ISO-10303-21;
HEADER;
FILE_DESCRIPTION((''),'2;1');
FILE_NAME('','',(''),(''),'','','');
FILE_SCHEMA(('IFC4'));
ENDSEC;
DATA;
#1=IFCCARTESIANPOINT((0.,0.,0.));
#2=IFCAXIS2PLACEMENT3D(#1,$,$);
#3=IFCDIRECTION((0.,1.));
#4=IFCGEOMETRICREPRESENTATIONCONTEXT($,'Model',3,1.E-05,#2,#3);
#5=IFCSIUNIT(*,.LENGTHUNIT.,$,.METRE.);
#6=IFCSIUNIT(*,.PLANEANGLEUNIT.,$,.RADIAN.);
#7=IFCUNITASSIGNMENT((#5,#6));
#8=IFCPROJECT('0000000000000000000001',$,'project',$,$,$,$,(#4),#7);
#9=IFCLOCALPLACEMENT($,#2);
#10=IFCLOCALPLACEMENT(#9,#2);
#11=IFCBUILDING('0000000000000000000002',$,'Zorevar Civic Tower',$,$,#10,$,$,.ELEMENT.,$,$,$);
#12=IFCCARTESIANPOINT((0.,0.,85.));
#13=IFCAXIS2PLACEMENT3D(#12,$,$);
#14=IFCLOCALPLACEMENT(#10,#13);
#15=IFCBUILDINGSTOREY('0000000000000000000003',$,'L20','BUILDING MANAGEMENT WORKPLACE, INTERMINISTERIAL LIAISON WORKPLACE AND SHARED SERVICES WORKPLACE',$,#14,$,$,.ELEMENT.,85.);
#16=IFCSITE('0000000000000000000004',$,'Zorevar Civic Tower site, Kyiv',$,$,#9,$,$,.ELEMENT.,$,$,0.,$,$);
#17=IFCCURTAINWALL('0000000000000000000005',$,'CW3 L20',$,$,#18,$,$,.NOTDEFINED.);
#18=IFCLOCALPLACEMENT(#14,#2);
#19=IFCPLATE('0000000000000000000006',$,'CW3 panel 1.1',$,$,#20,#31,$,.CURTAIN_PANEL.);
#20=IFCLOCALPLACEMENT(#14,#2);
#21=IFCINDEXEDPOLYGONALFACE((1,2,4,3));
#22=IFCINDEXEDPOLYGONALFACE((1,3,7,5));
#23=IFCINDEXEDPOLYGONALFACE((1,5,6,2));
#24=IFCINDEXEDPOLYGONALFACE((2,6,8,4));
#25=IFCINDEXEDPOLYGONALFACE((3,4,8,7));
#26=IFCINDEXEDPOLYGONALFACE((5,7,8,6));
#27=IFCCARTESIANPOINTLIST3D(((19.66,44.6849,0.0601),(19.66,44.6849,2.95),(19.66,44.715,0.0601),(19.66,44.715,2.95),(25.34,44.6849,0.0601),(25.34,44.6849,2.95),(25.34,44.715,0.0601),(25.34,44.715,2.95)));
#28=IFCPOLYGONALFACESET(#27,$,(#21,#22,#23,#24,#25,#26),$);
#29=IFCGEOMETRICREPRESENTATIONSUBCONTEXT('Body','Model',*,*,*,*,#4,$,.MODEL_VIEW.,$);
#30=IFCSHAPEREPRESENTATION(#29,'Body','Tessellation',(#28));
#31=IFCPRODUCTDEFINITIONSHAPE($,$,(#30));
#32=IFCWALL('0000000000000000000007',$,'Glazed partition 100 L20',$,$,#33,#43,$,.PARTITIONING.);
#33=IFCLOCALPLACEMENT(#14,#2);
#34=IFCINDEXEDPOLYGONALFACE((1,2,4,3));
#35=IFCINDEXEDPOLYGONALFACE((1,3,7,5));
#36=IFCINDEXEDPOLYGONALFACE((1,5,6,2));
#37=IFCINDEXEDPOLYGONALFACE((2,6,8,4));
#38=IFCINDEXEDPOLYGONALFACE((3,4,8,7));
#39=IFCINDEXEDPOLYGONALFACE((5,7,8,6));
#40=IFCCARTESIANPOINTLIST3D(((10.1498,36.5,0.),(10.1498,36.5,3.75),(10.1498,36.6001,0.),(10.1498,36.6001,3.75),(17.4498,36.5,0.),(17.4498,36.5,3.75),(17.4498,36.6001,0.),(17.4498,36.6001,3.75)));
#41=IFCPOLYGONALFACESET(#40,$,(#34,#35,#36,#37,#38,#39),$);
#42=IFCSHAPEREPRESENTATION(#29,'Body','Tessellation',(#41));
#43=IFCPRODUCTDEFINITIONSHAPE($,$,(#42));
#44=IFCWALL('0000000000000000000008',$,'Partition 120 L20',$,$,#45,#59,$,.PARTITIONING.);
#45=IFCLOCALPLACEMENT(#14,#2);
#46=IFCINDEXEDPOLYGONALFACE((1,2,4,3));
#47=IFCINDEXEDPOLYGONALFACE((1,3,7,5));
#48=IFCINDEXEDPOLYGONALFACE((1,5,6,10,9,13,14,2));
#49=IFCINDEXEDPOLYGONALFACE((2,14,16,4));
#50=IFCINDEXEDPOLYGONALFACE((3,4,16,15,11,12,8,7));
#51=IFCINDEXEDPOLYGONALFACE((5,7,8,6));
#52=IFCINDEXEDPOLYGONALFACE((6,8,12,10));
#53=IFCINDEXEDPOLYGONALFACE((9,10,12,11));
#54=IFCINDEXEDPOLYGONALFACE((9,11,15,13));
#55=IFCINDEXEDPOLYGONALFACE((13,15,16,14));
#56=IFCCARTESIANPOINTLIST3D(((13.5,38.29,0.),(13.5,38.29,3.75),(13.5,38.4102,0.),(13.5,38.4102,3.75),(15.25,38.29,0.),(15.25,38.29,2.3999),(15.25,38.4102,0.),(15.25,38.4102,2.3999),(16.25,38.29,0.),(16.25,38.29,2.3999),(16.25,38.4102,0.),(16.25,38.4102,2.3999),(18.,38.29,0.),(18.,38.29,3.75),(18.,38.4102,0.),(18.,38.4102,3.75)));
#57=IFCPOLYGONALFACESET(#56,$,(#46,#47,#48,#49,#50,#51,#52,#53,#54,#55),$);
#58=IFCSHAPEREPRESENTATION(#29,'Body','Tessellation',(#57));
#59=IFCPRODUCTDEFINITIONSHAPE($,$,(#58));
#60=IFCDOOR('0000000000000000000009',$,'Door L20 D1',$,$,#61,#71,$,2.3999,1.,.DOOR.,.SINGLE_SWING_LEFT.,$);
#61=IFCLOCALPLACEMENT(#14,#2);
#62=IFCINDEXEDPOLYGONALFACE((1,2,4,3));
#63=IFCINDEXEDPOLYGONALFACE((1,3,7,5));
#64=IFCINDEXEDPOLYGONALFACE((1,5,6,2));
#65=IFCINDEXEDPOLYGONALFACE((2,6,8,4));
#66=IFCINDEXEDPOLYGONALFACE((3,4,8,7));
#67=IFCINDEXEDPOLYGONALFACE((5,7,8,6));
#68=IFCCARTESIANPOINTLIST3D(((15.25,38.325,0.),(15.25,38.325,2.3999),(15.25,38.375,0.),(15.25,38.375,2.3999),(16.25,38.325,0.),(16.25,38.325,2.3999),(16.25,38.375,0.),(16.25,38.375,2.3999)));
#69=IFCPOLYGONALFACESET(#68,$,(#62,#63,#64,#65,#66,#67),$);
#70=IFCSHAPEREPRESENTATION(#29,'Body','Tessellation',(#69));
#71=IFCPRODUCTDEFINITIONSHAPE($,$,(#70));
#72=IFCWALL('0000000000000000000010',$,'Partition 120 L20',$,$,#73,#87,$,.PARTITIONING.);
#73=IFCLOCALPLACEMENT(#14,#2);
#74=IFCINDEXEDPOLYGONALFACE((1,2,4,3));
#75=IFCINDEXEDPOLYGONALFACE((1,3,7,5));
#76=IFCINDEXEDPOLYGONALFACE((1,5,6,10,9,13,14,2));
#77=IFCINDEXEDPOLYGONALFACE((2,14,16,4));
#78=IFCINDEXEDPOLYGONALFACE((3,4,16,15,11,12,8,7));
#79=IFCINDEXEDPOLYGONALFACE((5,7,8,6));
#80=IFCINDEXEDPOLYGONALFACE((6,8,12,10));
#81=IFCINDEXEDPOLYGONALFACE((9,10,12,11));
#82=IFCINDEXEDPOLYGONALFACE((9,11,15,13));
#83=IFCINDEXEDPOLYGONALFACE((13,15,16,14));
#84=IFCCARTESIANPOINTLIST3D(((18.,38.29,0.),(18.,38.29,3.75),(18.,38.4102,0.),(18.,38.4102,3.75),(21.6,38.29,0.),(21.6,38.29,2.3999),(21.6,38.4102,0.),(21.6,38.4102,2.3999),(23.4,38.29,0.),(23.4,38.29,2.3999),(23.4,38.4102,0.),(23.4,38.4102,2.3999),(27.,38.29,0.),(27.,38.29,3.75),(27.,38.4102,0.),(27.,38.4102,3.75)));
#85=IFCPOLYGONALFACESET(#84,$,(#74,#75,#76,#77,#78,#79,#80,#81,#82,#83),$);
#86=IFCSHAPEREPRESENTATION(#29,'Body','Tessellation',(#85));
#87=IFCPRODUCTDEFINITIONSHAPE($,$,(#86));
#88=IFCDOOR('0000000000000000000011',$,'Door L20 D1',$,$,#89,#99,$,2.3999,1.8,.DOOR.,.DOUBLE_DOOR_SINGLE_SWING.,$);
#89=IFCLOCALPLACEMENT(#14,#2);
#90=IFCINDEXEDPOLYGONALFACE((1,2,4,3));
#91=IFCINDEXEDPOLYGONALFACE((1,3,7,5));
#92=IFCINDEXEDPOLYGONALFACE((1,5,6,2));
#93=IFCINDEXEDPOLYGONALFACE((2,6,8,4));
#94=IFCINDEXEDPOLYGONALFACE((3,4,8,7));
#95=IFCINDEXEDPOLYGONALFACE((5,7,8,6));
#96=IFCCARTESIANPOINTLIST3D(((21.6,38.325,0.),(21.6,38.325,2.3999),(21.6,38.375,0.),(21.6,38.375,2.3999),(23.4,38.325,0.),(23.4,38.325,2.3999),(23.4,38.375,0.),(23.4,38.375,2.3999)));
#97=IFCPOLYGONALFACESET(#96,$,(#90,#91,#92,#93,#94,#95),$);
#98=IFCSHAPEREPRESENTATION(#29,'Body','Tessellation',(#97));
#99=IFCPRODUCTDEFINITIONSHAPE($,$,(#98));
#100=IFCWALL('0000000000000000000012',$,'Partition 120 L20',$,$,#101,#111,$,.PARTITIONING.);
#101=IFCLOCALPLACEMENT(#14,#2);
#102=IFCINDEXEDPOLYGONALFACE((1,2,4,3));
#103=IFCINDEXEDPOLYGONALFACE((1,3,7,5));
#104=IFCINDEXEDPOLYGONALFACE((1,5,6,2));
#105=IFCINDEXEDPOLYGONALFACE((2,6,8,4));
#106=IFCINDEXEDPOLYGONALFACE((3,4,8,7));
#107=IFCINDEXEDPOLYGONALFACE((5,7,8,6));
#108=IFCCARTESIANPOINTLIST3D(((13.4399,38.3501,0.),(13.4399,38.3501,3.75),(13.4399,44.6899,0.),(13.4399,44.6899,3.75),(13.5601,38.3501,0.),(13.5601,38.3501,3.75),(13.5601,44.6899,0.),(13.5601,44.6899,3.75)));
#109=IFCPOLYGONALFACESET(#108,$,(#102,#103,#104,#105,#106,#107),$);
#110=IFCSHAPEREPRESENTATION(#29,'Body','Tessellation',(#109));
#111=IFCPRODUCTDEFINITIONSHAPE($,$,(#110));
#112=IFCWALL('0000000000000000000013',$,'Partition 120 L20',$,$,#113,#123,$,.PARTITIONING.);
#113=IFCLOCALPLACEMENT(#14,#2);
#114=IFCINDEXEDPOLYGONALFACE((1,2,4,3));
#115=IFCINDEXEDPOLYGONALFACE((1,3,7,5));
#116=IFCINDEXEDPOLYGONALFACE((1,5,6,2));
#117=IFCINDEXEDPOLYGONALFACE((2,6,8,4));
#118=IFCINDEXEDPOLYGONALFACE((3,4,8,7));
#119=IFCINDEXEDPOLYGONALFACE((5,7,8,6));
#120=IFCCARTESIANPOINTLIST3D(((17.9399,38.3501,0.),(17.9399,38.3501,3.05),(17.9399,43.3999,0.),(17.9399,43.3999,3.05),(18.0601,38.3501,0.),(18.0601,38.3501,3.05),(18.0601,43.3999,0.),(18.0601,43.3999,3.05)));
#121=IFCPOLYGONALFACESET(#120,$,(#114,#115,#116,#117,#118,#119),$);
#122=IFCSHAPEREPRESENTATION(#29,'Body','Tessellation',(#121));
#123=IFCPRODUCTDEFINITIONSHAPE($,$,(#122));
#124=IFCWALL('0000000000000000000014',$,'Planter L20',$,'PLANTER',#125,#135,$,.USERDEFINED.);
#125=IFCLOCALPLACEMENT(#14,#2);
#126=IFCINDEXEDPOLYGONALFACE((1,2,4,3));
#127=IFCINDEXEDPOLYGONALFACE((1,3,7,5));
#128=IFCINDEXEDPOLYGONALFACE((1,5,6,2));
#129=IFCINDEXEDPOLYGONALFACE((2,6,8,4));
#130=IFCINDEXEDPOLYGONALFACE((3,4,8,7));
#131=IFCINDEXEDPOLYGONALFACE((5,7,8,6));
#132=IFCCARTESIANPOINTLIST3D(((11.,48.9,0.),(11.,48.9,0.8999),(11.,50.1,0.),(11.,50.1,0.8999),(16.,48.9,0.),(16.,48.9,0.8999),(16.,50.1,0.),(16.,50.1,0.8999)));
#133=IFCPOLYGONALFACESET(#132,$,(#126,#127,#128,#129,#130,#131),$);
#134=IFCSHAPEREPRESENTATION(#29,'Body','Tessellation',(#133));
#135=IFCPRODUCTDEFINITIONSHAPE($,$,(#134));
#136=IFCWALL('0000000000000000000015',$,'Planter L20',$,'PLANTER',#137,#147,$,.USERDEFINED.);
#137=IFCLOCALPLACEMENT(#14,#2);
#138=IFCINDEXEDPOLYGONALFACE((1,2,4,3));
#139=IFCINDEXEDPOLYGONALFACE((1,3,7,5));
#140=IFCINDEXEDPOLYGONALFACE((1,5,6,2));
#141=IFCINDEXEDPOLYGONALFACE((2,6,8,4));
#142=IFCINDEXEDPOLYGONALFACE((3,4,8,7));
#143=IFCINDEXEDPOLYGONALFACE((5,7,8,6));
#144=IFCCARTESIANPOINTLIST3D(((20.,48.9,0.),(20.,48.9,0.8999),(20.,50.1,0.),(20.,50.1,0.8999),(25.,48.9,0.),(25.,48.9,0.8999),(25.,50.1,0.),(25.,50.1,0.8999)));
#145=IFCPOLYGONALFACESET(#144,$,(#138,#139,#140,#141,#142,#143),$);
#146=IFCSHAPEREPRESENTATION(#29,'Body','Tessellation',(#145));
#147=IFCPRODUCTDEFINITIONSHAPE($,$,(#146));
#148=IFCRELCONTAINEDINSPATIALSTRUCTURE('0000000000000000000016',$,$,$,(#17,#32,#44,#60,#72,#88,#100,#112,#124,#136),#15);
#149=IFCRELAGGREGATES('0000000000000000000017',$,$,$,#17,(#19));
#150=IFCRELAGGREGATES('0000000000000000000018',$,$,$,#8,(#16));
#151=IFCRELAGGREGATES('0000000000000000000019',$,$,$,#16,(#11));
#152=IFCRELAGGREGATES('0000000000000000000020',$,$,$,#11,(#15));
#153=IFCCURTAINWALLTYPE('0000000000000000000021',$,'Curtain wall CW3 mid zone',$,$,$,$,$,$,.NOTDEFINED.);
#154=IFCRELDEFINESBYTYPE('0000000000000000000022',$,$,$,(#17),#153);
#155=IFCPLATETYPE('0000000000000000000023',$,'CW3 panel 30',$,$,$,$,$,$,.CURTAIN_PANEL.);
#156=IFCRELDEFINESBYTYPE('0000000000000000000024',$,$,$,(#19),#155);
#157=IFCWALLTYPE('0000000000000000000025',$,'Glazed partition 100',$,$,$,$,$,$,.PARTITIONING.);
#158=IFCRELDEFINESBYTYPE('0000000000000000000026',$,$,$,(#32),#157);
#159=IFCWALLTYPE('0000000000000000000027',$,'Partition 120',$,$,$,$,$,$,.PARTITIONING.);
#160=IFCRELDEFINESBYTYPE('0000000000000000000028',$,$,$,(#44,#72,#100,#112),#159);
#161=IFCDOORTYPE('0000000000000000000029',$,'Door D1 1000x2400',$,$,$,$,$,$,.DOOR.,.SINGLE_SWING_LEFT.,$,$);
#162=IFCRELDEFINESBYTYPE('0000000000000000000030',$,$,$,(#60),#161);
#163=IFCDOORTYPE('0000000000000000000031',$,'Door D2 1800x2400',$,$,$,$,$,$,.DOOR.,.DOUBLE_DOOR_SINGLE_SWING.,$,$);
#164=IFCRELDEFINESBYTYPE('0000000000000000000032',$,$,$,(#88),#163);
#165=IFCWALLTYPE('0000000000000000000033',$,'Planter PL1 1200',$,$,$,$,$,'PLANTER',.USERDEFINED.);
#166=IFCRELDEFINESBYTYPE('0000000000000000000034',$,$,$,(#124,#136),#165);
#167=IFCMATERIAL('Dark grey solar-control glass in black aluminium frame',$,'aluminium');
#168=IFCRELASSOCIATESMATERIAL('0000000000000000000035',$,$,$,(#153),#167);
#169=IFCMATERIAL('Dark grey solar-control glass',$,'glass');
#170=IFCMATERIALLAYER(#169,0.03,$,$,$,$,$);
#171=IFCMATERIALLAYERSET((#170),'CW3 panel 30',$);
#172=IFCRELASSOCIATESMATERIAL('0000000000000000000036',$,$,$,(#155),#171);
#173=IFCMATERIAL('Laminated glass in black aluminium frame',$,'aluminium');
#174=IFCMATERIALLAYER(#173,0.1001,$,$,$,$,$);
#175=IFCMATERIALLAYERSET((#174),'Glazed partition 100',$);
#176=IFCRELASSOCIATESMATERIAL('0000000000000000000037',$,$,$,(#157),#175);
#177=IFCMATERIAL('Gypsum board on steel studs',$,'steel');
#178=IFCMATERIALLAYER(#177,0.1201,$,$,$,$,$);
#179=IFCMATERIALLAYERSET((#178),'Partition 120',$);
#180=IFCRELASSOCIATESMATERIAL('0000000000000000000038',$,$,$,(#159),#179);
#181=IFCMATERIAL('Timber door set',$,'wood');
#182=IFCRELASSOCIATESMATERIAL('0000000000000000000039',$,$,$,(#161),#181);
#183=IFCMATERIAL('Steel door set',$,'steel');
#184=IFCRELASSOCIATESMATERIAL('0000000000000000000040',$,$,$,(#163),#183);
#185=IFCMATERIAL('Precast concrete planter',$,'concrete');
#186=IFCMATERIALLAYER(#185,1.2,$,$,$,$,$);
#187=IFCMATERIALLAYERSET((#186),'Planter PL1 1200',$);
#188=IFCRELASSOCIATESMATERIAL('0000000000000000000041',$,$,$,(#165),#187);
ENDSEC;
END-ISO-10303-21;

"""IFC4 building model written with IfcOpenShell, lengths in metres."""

from ifc_helpers import new_model, si_unit, direction, frame, frame_2d, origin, origin_2d, place, context, subcontext, project, spatial, rectangle, extrude, material, layer, layer_set, type_object, element, fill, aggregate, save


model = new_model("IFC4")

# Units and contexts
model_context = context("Model", 3, precision=1e-05, world=origin(), true_north=direction((0.0, 1.0)))
body_context = subcontext(model_context, "Body", "Model", "MODEL_VIEW")
ifc_project = project(units=[si_unit("LENGTHUNIT", "METRE"), si_unit("PLANEANGLEUNIT", "RADIAN")], contexts=[model_context])

# Site, building, storey
site_placement = place(None, origin())
site = spatial("IfcSite", under=ifc_project, at=site_placement, Name="Zorevar Civic Tower site, Kyiv", CompositionType="ELEMENT", RefElevation=0.0)
building_placement = place(site_placement, origin())
building = spatial("IfcBuilding", under=site, at=building_placement, Name="Zorevar Civic Tower", CompositionType="ELEMENT")
storey_placement = place(building_placement, frame((0.0, 0.0, 85.0)))
storey = spatial("IfcBuildingStorey", under=building, at=storey_placement, Name="L20", Description="BUILDING MANAGEMENT WORKPLACE, INTERMINISTERIAL LIAISON WORKPLACE AND SHARED SERVICES WORKPLACE", CompositionType="ELEMENT", Elevation=85.0)

# Curtain wall
ifc_material_1 = material(Name="Dark grey solar-control glass in black aluminium frame", Category="aluminium")
curtain_wall_type = type_object("IfcCurtainWallType", Name="Curtain wall CW3 mid zone", PredefinedType="NOTDEFINED", material=ifc_material_1)
curtain_wall_placement = place(storey_placement, origin())
curtain_wall = element("IfcCurtainWall", 1, at=curtain_wall_placement, inside=storey, type_object=curtain_wall_type, Name="CW3 L20", PredefinedType="NOTDEFINED")

# Plate
ifc_material_2 = material(Name="Dark grey solar-control glass", Category="glass")
ifc_layer_1 = layer(ifc_material_2, 0.03)
ifc_layer_set_1 = layer_set([ifc_layer_1], Name="CW3 panel 30")
plate_type = type_object("IfcPlateType", Name="CW3 panel 30", PredefinedType="CURTAIN_PANEL", material=ifc_layer_set_1)
plate_placement = place(storey_placement, frame((22.5, 44.7, 0.0601), z_axis=(0.0, 0.0, 1.0), x_axis=(1.0, 0.0, 0.0)))
plate = element("IfcPlate", 2, at=plate_placement, type_object=plate_type, Name="CW3 panel 1.1", PredefinedType="CURTAIN_PANEL", context=body_context, shape_type="SweptSolid", body=[
    extrude(rectangle(XDim=5.6799, YDim=0.03, at=origin_2d()), origin(), (0.0, 0.0, 1.0), 2.8899),
])
aggregate(curtain_wall, [plate])

# Wall
ifc_material_3 = material(Name="Laminated glass in black aluminium frame", Category="aluminium")
ifc_layer_2 = layer(ifc_material_3, 0.1001)
ifc_layer_set_2 = layer_set([ifc_layer_2], Name="Glazed partition 100")
wall_type_1 = type_object("IfcWallType", Name="Glazed partition 100", PredefinedType="PARTITIONING", material=ifc_layer_set_2)
wall_1_placement = place(storey_placement, frame((10.1499, 36.55, 0.0), z_axis=(0.0, 0.0, 1.0), x_axis=(1.0, 0.0, 0.0)))
element("IfcWall", 3, at=wall_1_placement, inside=storey, type_object=wall_type_1, Name="Glazed partition 100 L20", PredefinedType="PARTITIONING", context=body_context, shape_type="SweptSolid", body=[
    extrude(rectangle(XDim=7.3, YDim=0.1001, at=frame_2d((3.6499, 0.0))), origin(), (0.0, 0.0, 1.0), 3.75),
])

# Walls, openings, doors
ifc_material_4 = material(Name="Gypsum board on steel studs", Category="steel")
ifc_layer_3 = layer(ifc_material_4, 0.1201)
ifc_layer_set_3 = layer_set([ifc_layer_3], Name="Partition 120")
wall_type_2 = type_object("IfcWallType", Name="Partition 120", PredefinedType="PARTITIONING", material=ifc_layer_set_3)
wall_2_placement = place(storey_placement, frame((13.5, 38.3501, 0.0), z_axis=(0.0, 0.0, 1.0), x_axis=(1.0, 0.0, 0.0)))
wall_2 = element("IfcWall", 4, at=wall_2_placement, inside=storey, type_object=wall_type_2, Name="Partition 120 L20", PredefinedType="PARTITIONING", context=body_context, shape_type="SweptSolid", body=[
    extrude(rectangle(XDim=4.5, YDim=0.1201, at=frame_2d((2.25, 0.0))), origin(), (0.0, 0.0, 1.0), 3.75),
])
opening_1_placement = place(wall_2_placement, frame((1.75, 0.0, 0.0)))
opening_1 = element("IfcOpeningElement", 5, at=opening_1_placement, cuts=wall_2, PredefinedType="OPENING", context=body_context, shape_type="SweptSolid", body=[
    extrude(rectangle(XDim=1.0, YDim=2.3999, at=frame_2d((0.5, 1.2))), frame((0.0, 0.0701, 0.0), z_axis=(0.0, -1.0, 0.0), x_axis=(1.0, 0.0, 0.0)), (0.0, 0.0, 1.0), 0.1401),
])
ifc_material_5 = material(Name="Timber door set", Category="wood")
door_type_1 = type_object("IfcDoorType", Name="Door D1 1000x2400", OperationType="SINGLE_SWING_LEFT", PredefinedType="DOOR", material=ifc_material_5)
door_1_placement = place(opening_1_placement, origin())
door_1 = element("IfcDoor", 6, at=door_1_placement, inside=storey, type_object=door_type_1, Name="Door L20 D1", OperationType="SINGLE_SWING_LEFT", OverallHeight=2.3999, OverallWidth=1.0, PredefinedType="DOOR", context=body_context, shape_type="SweptSolid", body=[
    extrude(rectangle(XDim=1.0, YDim=2.3999, at=frame_2d((0.5, 1.2))), frame((0.0, 0.0249, 0.0), z_axis=(0.0, -1.0, 0.0), x_axis=(1.0, 0.0, 0.0)), (0.0, 0.0, 1.0), 0.05),
])
fill(opening_1, door_1)
wall_3_placement = place(storey_placement, frame((18.0, 38.3501, 0.0), z_axis=(0.0, 0.0, 1.0), x_axis=(1.0, 0.0, 0.0)))
wall_3 = element("IfcWall", 7, at=wall_3_placement, inside=storey, type_object=wall_type_2, Name="Partition 120 L20", PredefinedType="PARTITIONING", context=body_context, shape_type="SweptSolid", body=[
    extrude(rectangle(XDim=9.0, YDim=0.1201, at=frame_2d((4.5, 0.0))), origin(), (0.0, 0.0, 1.0), 3.75),
])
opening_2_placement = place(wall_3_placement, frame((3.6001, 0.0, 0.0)))
opening_2 = element("IfcOpeningElement", 8, at=opening_2_placement, cuts=wall_3, PredefinedType="OPENING", context=body_context, shape_type="SweptSolid", body=[
    extrude(rectangle(XDim=1.8, YDim=2.3999, at=frame_2d((0.8999, 1.2))), frame((0.0, 0.0701, 0.0), z_axis=(0.0, -1.0, 0.0), x_axis=(1.0, 0.0, 0.0)), (0.0, 0.0, 1.0), 0.1401),
])
ifc_material_6 = material(Name="Steel door set", Category="steel")
door_type_2 = type_object("IfcDoorType", Name="Door D2 1800x2400", OperationType="DOUBLE_DOOR_SINGLE_SWING", PredefinedType="DOOR", material=ifc_material_6)
door_2_placement = place(opening_2_placement, origin())
door_2 = element("IfcDoor", 9, at=door_2_placement, inside=storey, type_object=door_type_2, Name="Door L20 D1", OperationType="DOUBLE_DOOR_SINGLE_SWING", OverallHeight=2.3999, OverallWidth=1.8, PredefinedType="DOOR", context=body_context, shape_type="SweptSolid", body=[
    extrude(rectangle(XDim=1.8, YDim=2.3999, at=frame_2d((0.8999, 1.2))), frame((0.0, 0.0249, 0.0), z_axis=(0.0, -1.0, 0.0), x_axis=(1.0, 0.0, 0.0)), (0.0, 0.0, 1.0), 0.05),
])
fill(opening_2, door_2)

# Walls
wall_4_placement = place(storey_placement, frame((13.5, 38.3501, 0.0), z_axis=(0.0, 0.0, 1.0), x_axis=(0.0, 1.0, 0.0)))
element("IfcWall", 10, at=wall_4_placement, inside=storey, type_object=wall_type_2, Name="Partition 120 L20", PredefinedType="PARTITIONING", context=body_context, shape_type="SweptSolid", body=[
    extrude(rectangle(XDim=6.3398, YDim=0.1201, at=frame_2d((3.1699, 0.0))), origin(), (0.0, 0.0, 1.0), 3.75),
])
wall_5_placement = place(storey_placement, frame((18.0, 38.3501, 0.0), z_axis=(0.0, 0.0, 1.0), x_axis=(0.0, 1.0, 0.0)))
element("IfcWall", 11, at=wall_5_placement, inside=storey, type_object=wall_type_2, Name="Partition 120 L20", PredefinedType="PARTITIONING", context=body_context, shape_type="SweptSolid", body=[
    extrude(rectangle(XDim=5.0498, YDim=0.1201, at=frame_2d((2.5249, 0.0))), origin(), (0.0, 0.0, 1.0), 3.05),
])
ifc_material_7 = material(Name="Precast concrete planter", Category="concrete")
ifc_layer_4 = layer(ifc_material_7, 1.2)
ifc_layer_set_4 = layer_set([ifc_layer_4], Name="Planter PL1 1200")
wall_type_3 = type_object("IfcWallType", Name="Planter PL1 1200", ElementType="PLANTER", PredefinedType="USERDEFINED", material=ifc_layer_set_4)
for number, where, z_axis, x_axis, name in (
    (12, (11.0, 49.5, 0.0), (0.0, 0.0, 1.0), (1.0, 0.0, 0.0), "Planter L20"),
    (13, (20.0, 49.5, 0.0), (0.0, 0.0, 1.0), (1.0, 0.0, 0.0), "Planter L20"),
):
    element("IfcWall", number, at=place(storey_placement, frame(where, z_axis=z_axis, x_axis=x_axis)), inside=storey, type_object=wall_type_3, Name=name, ObjectType="PLANTER", PredefinedType="USERDEFINED", context=body_context, shape_type="SweptSolid", body=[
        extrude(rectangle(XDim=5.0, YDim=1.2, at=frame_2d((2.5, 0.0))), origin(), (0.0, 0.0, 1.0), 0.8999),
    ])

save(model, "model.ifc")
